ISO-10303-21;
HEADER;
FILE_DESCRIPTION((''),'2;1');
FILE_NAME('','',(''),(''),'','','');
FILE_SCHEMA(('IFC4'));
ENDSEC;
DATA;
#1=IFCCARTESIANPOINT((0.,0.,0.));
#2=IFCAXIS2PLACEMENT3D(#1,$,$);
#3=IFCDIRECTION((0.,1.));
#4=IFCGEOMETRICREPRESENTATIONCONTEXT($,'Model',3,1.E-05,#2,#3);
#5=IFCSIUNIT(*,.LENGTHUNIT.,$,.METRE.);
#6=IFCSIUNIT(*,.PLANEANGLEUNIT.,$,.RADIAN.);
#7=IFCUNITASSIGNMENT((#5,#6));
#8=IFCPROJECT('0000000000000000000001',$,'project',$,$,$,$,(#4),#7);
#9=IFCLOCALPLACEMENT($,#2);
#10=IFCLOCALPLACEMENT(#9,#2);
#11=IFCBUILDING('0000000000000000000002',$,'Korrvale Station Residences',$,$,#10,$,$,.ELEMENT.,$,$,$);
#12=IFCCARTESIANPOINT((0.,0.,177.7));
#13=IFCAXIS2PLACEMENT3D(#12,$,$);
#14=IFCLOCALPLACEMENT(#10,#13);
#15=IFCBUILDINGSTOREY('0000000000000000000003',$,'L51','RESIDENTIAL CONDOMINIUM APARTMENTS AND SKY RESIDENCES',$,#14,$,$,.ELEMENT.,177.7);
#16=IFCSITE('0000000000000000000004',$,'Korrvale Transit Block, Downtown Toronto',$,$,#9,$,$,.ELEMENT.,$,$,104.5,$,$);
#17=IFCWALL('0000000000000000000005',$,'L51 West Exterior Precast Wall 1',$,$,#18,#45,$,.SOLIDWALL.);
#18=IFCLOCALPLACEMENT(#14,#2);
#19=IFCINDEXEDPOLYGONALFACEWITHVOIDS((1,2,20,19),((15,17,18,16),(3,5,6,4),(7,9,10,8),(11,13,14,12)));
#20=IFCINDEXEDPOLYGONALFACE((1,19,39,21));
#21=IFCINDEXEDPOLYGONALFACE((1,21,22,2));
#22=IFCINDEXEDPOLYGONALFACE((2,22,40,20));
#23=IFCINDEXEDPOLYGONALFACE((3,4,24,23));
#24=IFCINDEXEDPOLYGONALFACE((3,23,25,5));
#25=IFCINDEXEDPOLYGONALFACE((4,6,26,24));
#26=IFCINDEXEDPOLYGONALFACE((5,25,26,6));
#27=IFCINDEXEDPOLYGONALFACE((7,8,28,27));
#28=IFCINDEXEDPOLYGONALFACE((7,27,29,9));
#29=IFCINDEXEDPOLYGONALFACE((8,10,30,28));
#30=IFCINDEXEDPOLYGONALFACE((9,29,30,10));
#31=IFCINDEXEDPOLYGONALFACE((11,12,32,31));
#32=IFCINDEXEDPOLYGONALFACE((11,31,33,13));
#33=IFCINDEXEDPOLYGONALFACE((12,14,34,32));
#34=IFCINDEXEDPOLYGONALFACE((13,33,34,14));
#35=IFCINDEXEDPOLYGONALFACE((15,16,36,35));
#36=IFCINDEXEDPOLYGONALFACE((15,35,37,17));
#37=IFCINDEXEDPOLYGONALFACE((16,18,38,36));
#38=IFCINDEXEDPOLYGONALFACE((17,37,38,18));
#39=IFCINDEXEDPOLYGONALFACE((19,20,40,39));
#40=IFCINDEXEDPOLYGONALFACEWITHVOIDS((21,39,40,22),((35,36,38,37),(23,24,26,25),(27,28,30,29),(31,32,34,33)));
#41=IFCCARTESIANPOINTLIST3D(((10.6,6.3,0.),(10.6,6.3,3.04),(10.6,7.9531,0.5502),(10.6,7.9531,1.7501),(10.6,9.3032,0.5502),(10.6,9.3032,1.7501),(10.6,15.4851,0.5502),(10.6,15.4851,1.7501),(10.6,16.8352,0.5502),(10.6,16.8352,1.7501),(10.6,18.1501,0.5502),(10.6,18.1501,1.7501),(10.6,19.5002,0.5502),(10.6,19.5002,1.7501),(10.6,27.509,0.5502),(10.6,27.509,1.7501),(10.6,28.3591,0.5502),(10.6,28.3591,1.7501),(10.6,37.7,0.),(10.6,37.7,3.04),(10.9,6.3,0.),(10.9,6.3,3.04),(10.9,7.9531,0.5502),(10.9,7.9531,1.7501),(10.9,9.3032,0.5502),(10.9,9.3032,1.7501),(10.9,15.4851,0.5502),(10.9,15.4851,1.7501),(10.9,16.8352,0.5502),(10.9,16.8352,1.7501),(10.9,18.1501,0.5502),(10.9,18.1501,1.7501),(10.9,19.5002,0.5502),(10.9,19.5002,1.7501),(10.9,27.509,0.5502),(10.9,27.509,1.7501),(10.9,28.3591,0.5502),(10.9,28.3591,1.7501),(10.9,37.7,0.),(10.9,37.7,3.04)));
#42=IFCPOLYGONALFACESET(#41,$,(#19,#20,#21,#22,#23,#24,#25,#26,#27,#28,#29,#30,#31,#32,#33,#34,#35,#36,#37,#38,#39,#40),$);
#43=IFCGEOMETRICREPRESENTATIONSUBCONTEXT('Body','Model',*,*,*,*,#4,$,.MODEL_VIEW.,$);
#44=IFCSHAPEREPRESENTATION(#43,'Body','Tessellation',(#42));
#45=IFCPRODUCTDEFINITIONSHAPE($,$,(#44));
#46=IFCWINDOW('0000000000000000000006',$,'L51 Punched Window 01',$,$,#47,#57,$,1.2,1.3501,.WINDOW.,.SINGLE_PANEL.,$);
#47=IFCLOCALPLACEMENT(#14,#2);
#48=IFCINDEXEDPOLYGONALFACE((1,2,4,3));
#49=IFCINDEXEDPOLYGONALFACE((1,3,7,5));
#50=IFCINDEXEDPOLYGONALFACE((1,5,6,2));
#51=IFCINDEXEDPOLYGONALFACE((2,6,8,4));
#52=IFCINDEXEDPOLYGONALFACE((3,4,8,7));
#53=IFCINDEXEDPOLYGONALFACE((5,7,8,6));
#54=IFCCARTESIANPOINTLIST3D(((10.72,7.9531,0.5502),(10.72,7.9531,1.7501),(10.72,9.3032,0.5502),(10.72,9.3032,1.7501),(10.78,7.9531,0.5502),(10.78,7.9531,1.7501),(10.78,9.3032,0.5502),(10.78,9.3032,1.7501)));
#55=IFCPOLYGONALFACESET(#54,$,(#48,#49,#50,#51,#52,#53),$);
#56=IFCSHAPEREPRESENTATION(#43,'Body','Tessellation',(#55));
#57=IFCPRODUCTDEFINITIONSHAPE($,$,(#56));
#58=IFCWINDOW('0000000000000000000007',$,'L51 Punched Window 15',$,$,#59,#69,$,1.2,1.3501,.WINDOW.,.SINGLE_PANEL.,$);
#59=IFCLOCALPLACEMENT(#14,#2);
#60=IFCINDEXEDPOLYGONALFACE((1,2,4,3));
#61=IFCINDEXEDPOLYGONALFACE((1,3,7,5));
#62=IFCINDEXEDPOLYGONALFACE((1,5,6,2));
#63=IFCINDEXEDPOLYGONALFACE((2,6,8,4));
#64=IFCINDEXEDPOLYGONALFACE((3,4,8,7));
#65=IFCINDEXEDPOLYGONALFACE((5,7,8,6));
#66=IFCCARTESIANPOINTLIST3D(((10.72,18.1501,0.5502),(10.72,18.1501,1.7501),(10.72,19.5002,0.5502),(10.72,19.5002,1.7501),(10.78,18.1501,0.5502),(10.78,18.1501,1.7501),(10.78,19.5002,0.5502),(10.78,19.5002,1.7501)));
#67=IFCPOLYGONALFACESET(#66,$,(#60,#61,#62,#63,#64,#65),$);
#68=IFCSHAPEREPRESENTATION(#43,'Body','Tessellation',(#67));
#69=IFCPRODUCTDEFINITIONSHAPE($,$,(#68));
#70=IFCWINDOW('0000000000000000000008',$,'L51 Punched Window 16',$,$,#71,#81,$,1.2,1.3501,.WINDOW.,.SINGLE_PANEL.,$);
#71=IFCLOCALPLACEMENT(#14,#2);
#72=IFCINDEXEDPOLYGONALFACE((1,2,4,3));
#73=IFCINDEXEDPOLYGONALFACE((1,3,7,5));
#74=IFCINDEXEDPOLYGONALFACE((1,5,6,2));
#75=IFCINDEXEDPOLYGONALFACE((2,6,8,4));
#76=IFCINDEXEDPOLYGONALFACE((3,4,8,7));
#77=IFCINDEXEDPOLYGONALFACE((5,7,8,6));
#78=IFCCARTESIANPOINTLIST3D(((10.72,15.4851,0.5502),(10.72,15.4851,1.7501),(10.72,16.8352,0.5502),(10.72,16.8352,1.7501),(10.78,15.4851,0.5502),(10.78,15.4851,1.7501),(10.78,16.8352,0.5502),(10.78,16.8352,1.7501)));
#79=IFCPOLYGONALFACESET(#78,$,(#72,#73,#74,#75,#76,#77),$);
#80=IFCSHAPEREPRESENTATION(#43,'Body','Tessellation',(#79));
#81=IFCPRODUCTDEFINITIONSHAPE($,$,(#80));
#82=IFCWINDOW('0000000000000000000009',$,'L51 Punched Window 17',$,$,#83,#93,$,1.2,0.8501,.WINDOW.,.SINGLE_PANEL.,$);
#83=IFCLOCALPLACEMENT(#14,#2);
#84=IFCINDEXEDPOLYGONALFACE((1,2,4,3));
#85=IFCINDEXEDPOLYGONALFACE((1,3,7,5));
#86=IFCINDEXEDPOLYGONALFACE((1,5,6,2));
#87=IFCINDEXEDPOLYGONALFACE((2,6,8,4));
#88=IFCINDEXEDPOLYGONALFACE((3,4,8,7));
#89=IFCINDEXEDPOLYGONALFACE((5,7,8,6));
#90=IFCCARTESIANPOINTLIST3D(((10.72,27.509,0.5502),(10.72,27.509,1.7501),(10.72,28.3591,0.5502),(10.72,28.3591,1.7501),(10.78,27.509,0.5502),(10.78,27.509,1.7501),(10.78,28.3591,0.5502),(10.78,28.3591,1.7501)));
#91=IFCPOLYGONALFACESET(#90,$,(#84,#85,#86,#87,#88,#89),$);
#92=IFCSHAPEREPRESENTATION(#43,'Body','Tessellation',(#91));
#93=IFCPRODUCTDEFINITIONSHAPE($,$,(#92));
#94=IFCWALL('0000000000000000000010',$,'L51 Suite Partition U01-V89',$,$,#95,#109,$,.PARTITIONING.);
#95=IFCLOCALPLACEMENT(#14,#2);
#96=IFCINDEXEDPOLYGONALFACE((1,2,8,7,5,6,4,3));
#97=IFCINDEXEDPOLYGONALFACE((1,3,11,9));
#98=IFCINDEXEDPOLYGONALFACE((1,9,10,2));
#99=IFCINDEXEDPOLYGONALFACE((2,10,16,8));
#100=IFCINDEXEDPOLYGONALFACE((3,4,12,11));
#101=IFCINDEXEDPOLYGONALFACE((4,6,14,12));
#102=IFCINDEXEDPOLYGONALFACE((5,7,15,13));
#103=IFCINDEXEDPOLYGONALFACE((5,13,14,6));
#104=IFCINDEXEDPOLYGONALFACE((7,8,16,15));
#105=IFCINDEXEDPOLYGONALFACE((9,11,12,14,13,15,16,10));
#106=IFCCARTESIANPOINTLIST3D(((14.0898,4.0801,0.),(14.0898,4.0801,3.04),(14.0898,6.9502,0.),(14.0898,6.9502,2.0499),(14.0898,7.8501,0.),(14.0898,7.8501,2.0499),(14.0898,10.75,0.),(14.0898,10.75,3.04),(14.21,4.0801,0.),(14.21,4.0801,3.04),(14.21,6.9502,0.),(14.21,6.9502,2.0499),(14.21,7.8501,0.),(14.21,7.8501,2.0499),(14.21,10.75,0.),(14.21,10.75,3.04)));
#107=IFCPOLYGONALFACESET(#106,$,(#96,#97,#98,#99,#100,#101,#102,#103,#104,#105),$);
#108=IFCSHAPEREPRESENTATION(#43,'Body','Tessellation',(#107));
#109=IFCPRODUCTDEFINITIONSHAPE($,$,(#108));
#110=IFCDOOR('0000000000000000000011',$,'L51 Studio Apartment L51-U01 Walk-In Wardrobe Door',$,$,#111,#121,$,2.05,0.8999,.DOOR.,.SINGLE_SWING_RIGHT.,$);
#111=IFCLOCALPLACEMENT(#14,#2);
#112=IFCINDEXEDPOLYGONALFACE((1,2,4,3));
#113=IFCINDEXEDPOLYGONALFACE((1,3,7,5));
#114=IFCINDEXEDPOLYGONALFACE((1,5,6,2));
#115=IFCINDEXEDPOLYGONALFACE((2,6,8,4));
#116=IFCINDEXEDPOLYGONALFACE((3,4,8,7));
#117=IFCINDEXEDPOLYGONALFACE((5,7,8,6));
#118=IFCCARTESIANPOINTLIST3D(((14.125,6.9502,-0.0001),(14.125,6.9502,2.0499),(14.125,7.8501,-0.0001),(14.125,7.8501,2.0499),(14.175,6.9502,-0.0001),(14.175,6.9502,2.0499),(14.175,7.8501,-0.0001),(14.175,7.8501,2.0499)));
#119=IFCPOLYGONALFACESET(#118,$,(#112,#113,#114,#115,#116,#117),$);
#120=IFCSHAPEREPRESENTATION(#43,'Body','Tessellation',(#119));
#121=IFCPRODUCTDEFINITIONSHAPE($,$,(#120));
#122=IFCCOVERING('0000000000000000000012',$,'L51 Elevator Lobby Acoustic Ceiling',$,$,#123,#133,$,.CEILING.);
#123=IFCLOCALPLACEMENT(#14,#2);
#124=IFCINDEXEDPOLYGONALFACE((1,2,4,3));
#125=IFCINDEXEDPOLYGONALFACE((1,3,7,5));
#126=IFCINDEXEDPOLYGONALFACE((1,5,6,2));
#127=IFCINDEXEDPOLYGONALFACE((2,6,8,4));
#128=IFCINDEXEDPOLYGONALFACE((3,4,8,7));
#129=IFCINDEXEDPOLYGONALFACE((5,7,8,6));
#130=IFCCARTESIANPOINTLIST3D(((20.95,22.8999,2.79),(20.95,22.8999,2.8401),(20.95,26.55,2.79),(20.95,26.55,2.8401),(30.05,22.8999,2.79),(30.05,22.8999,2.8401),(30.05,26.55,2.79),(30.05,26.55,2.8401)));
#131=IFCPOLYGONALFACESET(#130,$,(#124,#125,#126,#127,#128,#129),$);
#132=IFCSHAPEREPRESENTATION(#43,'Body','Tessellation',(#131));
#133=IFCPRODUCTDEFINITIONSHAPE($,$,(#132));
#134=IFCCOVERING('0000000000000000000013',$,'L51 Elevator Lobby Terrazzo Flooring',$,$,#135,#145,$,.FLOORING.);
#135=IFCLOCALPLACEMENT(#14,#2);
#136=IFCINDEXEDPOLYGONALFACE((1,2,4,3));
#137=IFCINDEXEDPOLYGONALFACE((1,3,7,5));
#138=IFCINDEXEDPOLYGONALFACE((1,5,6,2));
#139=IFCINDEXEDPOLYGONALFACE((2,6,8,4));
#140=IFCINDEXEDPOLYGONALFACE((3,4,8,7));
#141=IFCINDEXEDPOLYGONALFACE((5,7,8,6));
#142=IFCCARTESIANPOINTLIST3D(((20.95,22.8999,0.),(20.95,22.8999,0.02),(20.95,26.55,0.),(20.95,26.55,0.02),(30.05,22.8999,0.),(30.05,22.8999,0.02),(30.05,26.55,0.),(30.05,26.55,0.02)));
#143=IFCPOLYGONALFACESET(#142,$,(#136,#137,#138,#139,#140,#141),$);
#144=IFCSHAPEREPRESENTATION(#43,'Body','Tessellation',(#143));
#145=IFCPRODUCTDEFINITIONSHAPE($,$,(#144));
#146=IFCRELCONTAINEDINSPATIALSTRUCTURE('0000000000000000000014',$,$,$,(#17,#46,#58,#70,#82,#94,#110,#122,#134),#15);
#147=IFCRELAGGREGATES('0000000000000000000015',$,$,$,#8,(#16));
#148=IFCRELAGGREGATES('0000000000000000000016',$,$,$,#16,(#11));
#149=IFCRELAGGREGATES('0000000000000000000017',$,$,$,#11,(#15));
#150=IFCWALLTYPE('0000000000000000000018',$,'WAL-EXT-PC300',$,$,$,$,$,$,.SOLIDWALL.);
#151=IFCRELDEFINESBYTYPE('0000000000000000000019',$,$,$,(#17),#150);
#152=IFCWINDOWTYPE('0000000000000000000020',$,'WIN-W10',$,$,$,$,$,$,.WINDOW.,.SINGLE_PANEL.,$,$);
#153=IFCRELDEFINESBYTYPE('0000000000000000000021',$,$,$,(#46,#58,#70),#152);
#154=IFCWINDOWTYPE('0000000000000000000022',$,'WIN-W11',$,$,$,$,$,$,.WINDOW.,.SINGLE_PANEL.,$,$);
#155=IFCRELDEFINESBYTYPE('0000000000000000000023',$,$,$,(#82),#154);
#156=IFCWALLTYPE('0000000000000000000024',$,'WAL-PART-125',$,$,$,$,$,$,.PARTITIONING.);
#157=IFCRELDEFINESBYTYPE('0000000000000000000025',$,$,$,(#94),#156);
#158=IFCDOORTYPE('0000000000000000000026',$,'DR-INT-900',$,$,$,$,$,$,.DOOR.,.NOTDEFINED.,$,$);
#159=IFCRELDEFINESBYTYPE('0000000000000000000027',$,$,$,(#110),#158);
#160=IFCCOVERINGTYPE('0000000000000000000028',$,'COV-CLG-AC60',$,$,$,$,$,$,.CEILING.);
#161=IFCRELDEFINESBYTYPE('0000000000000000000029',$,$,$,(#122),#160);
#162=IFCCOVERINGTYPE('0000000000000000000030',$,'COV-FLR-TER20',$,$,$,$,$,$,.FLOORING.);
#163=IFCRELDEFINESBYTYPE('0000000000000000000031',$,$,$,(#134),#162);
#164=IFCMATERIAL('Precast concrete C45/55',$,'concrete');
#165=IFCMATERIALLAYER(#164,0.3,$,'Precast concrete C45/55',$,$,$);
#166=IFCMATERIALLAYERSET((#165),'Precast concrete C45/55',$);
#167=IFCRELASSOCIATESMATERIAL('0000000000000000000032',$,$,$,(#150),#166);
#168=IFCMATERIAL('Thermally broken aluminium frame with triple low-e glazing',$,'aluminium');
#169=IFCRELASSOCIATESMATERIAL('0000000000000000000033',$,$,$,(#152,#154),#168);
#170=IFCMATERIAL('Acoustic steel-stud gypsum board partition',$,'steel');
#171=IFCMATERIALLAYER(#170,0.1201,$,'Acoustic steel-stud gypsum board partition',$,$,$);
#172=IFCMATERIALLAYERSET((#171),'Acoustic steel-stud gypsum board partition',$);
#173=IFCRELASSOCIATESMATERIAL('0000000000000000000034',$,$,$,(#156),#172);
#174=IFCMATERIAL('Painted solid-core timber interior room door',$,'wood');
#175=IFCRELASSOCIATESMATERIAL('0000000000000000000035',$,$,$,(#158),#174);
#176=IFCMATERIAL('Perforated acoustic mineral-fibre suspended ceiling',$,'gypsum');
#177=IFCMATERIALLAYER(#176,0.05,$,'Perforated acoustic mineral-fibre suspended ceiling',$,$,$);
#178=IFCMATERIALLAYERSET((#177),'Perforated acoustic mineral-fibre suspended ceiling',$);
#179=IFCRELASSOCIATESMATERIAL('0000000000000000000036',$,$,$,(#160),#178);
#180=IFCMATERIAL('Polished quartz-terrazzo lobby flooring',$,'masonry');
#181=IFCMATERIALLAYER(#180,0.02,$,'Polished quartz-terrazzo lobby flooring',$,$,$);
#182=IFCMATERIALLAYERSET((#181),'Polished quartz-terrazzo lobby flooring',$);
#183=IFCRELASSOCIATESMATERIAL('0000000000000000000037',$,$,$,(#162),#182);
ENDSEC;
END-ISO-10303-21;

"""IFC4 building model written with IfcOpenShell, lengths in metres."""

from ifc_helpers import new_model, si_unit, direction, frame, frame_2d, origin, place, context, subcontext, project, spatial, polyline, rectangle, outline, extrude, material, layer, layer_set, type_object, element, fill, save


model = new_model("IFC4")

# Units and contexts
model_context = context("Model", 3, precision=1e-05, world=origin(), true_north=direction((0.0, 1.0)))
body_context = subcontext(model_context, "Body", "Model", "MODEL_VIEW")
ifc_project = project(units=[si_unit("LENGTHUNIT", "METRE"), si_unit("PLANEANGLEUNIT", "RADIAN")], contexts=[model_context])

# Site, building, storey
site_placement = place(None, origin())
site = spatial("IfcSite", under=ifc_project, at=site_placement, Name="Korrvale Transit Block, Downtown Toronto", CompositionType="ELEMENT", RefElevation=104.5)
building_placement = place(site_placement, origin())
building = spatial("IfcBuilding", under=site, at=building_placement, Name="Korrvale Station Residences", CompositionType="ELEMENT")
storey_placement = place(building_placement, frame((0.0, 0.0, 177.7)))
storey = spatial("IfcBuildingStorey", under=building, at=storey_placement, Name="L51", Description="RESIDENTIAL CONDOMINIUM APARTMENTS AND SKY RESIDENCES", CompositionType="ELEMENT", Elevation=177.7)

# Shared definitions
ifc_material_1 = material(Name="Precast concrete C45/55", Category="concrete")

# Wall, openings, windows
ifc_layer_1 = layer(ifc_material_1, 0.3, Name="Precast concrete C45/55")
ifc_layer_set_1 = layer_set([ifc_layer_1], Name="Precast concrete C45/55")
wall_type_1 = type_object("IfcWallType", Name="WAL-EXT-PC300", PredefinedType="SOLIDWALL", material=ifc_layer_set_1)
wall_1_placement = place(storey_placement, frame((10.75, 6.3, 0.0), z_axis=(0.0, 0.0, 1.0), x_axis=(0.0, 1.0, 0.0)))
wall_1 = element("IfcWall", 1, at=wall_1_placement, inside=storey, type_object=wall_type_1, Name="L51 West Exterior Precast Wall 1", PredefinedType="SOLIDWALL", context=body_context, shape_type="SweptSolid", body=[
    extrude(rectangle(XDim=31.3999, YDim=0.3, at=frame_2d((15.7, 0.0))), origin(), (0.0, 0.0, 1.0), 3.04),
])
opening_1_placement = place(wall_1_placement, frame((1.6531, 0.0, 0.55)))
opening_1 = element("IfcOpeningElement", 2, at=opening_1_placement, cuts=wall_1, PredefinedType="OPENING", context=body_context, shape_type="SweptSolid", body=[
    extrude(rectangle(XDim=1.3501, YDim=1.2, at=frame_2d((0.675, 0.6001))), frame((0.0, 0.1602, 0.0), z_axis=(0.0, -1.0, 0.0), x_axis=(1.0, 0.0, 0.0)), (0.0, 0.0, 1.0), 0.3201),
])
opening_2_placement = place(wall_1_placement, frame((11.8501, 0.0, 0.55)))
opening_2 = element("IfcOpeningElement", 3, at=opening_2_placement, cuts=wall_1, PredefinedType="OPENING", context=body_context, shape_type="SweptSolid", body=[
    extrude(rectangle(XDim=1.3501, YDim=1.2, at=frame_2d((0.675, 0.6001))), frame((0.0, 0.1602, 0.0), z_axis=(0.0, -1.0, 0.0), x_axis=(1.0, 0.0, 0.0)), (0.0, 0.0, 1.0), 0.3201),
])
opening_3_placement = place(wall_1_placement, frame((9.1851, 0.0, 0.55)))
opening_3 = element("IfcOpeningElement", 4, at=opening_3_placement, cuts=wall_1, PredefinedType="OPENING", context=body_context, shape_type="SweptSolid", body=[
    extrude(rectangle(XDim=1.3501, YDim=1.2, at=frame_2d((0.675, 0.6001))), frame((0.0, 0.1602, 0.0), z_axis=(0.0, -1.0, 0.0), x_axis=(1.0, 0.0, 0.0)), (0.0, 0.0, 1.0), 0.3201),
])
opening_4_placement = place(wall_1_placement, frame((21.209, 0.0, 0.55)))
opening_4 = element("IfcOpeningElement", 5, at=opening_4_placement, cuts=wall_1, PredefinedType="OPENING", context=body_context, shape_type="SweptSolid", body=[
    extrude(rectangle(XDim=0.8501, YDim=1.2, at=frame_2d((0.425, 0.6001))), frame((0.0, 0.1602, 0.0), z_axis=(0.0, -1.0, 0.0), x_axis=(1.0, 0.0, 0.0)), (0.0, 0.0, 1.0), 0.3201),
])
ifc_material_2 = material(Name="Thermally broken aluminium frame with triple low-e glazing", Category="aluminium")
window_type_1 = type_object("IfcWindowType", Name="WIN-W10", PartitioningType="SINGLE_PANEL", PredefinedType="WINDOW", material=ifc_material_2)
window_1_placement = place(opening_1_placement, origin())
window_1 = element("IfcWindow", 6, at=window_1_placement, inside=storey, type_object=window_type_1, Name="L51 Punched Window 01", OverallHeight=1.2, OverallWidth=1.3501, PartitioningType="SINGLE_PANEL", PredefinedType="WINDOW", context=body_context, shape_type="SweptSolid", body=[
    extrude(rectangle(XDim=1.3501, YDim=1.2, at=frame_2d((0.675, 0.6001))), frame((0.0, 0.03, 0.0), z_axis=(0.0, -1.0, 0.0), x_axis=(1.0, 0.0, 0.0)), (0.0, 0.0, 1.0), 0.0601),
])
fill(opening_1, window_1)
window_2_placement = place(opening_2_placement, origin())
window_2 = element("IfcWindow", 7, at=window_2_placement, inside=storey, type_object=window_type_1, Name="L51 Punched Window 15", OverallHeight=1.2, OverallWidth=1.3501, PartitioningType="SINGLE_PANEL", PredefinedType="WINDOW", context=body_context, shape_type="SweptSolid", body=[
    extrude(rectangle(XDim=1.3501, YDim=1.2, at=frame_2d((0.675, 0.6001))), frame((0.0, 0.03, 0.0), z_axis=(0.0, -1.0, 0.0), x_axis=(1.0, 0.0, 0.0)), (0.0, 0.0, 1.0), 0.0601),
])
fill(opening_2, window_2)
window_3_placement = place(opening_3_placement, origin())
window_3 = element("IfcWindow", 8, at=window_3_placement, inside=storey, type_object=window_type_1, Name="L51 Punched Window 16", OverallHeight=1.2, OverallWidth=1.3501, PartitioningType="SINGLE_PANEL", PredefinedType="WINDOW", context=body_context, shape_type="SweptSolid", body=[
    extrude(rectangle(XDim=1.3501, YDim=1.2, at=frame_2d((0.675, 0.6001))), frame((0.0, 0.03, 0.0), z_axis=(0.0, -1.0, 0.0), x_axis=(1.0, 0.0, 0.0)), (0.0, 0.0, 1.0), 0.0601),
])
fill(opening_3, window_3)
window_type_2 = type_object("IfcWindowType", Name="WIN-W11", PartitioningType="SINGLE_PANEL", PredefinedType="WINDOW", material=ifc_material_2)
window_4_placement = place(opening_4_placement, origin())
window_4 = element("IfcWindow", 9, at=window_4_placement, inside=storey, type_object=window_type_2, Name="L51 Punched Window 17", OverallHeight=1.2, OverallWidth=0.8501, PartitioningType="SINGLE_PANEL", PredefinedType="WINDOW", context=body_context, shape_type="SweptSolid", body=[
    extrude(rectangle(XDim=0.8501, YDim=1.2, at=frame_2d((0.425, 0.6001))), frame((0.0, 0.03, 0.0), z_axis=(0.0, -1.0, 0.0), x_axis=(1.0, 0.0, 0.0)), (0.0, 0.0, 1.0), 0.0601),
])
fill(opening_4, window_4)

# Wall, opening, door
ifc_material_3 = material(Name="Acoustic steel-stud gypsum board partition", Category="steel")
ifc_layer_2 = layer(ifc_material_3, 0.1201, Name="Acoustic steel-stud gypsum board partition")
ifc_layer_set_2 = layer_set([ifc_layer_2], Name="Acoustic steel-stud gypsum board partition")
wall_type_2 = type_object("IfcWallType", Name="WAL-PART-125", PredefinedType="PARTITIONING", material=ifc_layer_set_2)
wall_2_placement = place(storey_placement, frame((14.1499, 4.0801, 0.0), z_axis=(0.0, 0.0, 1.0), x_axis=(0.0, 1.0, 0.0)))
wall_2 = element("IfcWall", 10, at=wall_2_placement, inside=storey, type_object=wall_type_2, Name="L51 Suite Partition U01-V89", PredefinedType="PARTITIONING", context=body_context, shape_type="SweptSolid", body=[
    extrude(rectangle(XDim=6.6699, YDim=0.1201, at=frame_2d((3.335, 0.0))), origin(), (0.0, 0.0, 1.0), 3.04),
])
opening_5_placement = place(wall_2_placement, frame((2.8701, 0.0, 0.0)))
opening_5 = element("IfcOpeningElement", 11, at=opening_5_placement, cuts=wall_2, PredefinedType="OPENING", context=body_context, shape_type="SweptSolid", body=[
    extrude(rectangle(XDim=0.8999, YDim=2.05, at=frame_2d((0.45, 1.0249))), frame((0.0, 0.0701, 0.0), z_axis=(0.0, -1.0, 0.0), x_axis=(1.0, 0.0, 0.0)), (0.0, 0.0, 1.0), 0.1401),
])
ifc_material_4 = material(Name="Painted solid-core timber interior room door", Category="wood")
door_type = type_object("IfcDoorType", Name="DR-INT-900", OperationType="NOTDEFINED", PredefinedType="DOOR", material=ifc_material_4)
door_placement = place(opening_5_placement, origin())
door = element("IfcDoor", 12, at=door_placement, inside=storey, type_object=door_type, Name="L51 Studio Apartment L51-U01 Walk-In Wardrobe Door", OperationType="SINGLE_SWING_RIGHT", OverallHeight=2.05, OverallWidth=0.8999, PredefinedType="DOOR", context=body_context, shape_type="SweptSolid", body=[
    extrude(rectangle(XDim=0.8999, YDim=2.05, at=frame_2d((0.45, 1.0249))), frame((0.0, 0.0249, 0.0), z_axis=(0.0, -1.0, 0.0), x_axis=(1.0, 0.0, 0.0)), (0.0, 0.0, 1.0), 0.05),
])
fill(opening_5, door)

# Coverings
ifc_material_5 = material(Name="Perforated acoustic mineral-fibre suspended ceiling", Category="gypsum")
ifc_layer_3 = layer(ifc_material_5, 0.05, Name="Perforated acoustic mineral-fibre suspended ceiling")
ifc_layer_set_3 = layer_set([ifc_layer_3], Name="Perforated acoustic mineral-fibre suspended ceiling")
covering_type_1 = type_object("IfcCoveringType", Name="COV-CLG-AC60", PredefinedType="CEILING", material=ifc_layer_set_3)
covering_1_placement = place(storey_placement, frame((0.0, 0.0, 2.79)))
element("IfcCovering", 13, at=covering_1_placement, inside=storey, type_object=covering_type_1, Name="L51 Elevator Lobby Acoustic Ceiling", PredefinedType="CEILING", context=body_context, shape_type="SweptSolid", body=[
    extrude(outline(polyline([(20.95, 22.8999), (30.05, 22.8999), (30.05, 26.55), (20.95, 26.55), (20.95, 22.8999)])), origin(), (0.0, 0.0, 1.0), 0.05),
])
ifc_material_6 = material(Name="Polished quartz-terrazzo lobby flooring", Category="masonry")
ifc_layer_4 = layer(ifc_material_6, 0.02, Name="Polished quartz-terrazzo lobby flooring")
ifc_layer_set_4 = layer_set([ifc_layer_4], Name="Polished quartz-terrazzo lobby flooring")
covering_type_2 = type_object("IfcCoveringType", Name="COV-FLR-TER20", PredefinedType="FLOORING", material=ifc_layer_set_4)
covering_2_placement = place(storey_placement, origin())
element("IfcCovering", 14, at=covering_2_placement, inside=storey, type_object=covering_type_2, Name="L51 Elevator Lobby Terrazzo Flooring", PredefinedType="FLOORING", context=body_context, shape_type="SweptSolid", body=[
    extrude(outline(polyline([(20.95, 22.8999), (30.05, 22.8999), (30.05, 26.55), (20.95, 26.55), (20.95, 22.8999)])), origin(), (0.0, 0.0, 1.0), 0.02),
])

save(model, "model.ifc")
